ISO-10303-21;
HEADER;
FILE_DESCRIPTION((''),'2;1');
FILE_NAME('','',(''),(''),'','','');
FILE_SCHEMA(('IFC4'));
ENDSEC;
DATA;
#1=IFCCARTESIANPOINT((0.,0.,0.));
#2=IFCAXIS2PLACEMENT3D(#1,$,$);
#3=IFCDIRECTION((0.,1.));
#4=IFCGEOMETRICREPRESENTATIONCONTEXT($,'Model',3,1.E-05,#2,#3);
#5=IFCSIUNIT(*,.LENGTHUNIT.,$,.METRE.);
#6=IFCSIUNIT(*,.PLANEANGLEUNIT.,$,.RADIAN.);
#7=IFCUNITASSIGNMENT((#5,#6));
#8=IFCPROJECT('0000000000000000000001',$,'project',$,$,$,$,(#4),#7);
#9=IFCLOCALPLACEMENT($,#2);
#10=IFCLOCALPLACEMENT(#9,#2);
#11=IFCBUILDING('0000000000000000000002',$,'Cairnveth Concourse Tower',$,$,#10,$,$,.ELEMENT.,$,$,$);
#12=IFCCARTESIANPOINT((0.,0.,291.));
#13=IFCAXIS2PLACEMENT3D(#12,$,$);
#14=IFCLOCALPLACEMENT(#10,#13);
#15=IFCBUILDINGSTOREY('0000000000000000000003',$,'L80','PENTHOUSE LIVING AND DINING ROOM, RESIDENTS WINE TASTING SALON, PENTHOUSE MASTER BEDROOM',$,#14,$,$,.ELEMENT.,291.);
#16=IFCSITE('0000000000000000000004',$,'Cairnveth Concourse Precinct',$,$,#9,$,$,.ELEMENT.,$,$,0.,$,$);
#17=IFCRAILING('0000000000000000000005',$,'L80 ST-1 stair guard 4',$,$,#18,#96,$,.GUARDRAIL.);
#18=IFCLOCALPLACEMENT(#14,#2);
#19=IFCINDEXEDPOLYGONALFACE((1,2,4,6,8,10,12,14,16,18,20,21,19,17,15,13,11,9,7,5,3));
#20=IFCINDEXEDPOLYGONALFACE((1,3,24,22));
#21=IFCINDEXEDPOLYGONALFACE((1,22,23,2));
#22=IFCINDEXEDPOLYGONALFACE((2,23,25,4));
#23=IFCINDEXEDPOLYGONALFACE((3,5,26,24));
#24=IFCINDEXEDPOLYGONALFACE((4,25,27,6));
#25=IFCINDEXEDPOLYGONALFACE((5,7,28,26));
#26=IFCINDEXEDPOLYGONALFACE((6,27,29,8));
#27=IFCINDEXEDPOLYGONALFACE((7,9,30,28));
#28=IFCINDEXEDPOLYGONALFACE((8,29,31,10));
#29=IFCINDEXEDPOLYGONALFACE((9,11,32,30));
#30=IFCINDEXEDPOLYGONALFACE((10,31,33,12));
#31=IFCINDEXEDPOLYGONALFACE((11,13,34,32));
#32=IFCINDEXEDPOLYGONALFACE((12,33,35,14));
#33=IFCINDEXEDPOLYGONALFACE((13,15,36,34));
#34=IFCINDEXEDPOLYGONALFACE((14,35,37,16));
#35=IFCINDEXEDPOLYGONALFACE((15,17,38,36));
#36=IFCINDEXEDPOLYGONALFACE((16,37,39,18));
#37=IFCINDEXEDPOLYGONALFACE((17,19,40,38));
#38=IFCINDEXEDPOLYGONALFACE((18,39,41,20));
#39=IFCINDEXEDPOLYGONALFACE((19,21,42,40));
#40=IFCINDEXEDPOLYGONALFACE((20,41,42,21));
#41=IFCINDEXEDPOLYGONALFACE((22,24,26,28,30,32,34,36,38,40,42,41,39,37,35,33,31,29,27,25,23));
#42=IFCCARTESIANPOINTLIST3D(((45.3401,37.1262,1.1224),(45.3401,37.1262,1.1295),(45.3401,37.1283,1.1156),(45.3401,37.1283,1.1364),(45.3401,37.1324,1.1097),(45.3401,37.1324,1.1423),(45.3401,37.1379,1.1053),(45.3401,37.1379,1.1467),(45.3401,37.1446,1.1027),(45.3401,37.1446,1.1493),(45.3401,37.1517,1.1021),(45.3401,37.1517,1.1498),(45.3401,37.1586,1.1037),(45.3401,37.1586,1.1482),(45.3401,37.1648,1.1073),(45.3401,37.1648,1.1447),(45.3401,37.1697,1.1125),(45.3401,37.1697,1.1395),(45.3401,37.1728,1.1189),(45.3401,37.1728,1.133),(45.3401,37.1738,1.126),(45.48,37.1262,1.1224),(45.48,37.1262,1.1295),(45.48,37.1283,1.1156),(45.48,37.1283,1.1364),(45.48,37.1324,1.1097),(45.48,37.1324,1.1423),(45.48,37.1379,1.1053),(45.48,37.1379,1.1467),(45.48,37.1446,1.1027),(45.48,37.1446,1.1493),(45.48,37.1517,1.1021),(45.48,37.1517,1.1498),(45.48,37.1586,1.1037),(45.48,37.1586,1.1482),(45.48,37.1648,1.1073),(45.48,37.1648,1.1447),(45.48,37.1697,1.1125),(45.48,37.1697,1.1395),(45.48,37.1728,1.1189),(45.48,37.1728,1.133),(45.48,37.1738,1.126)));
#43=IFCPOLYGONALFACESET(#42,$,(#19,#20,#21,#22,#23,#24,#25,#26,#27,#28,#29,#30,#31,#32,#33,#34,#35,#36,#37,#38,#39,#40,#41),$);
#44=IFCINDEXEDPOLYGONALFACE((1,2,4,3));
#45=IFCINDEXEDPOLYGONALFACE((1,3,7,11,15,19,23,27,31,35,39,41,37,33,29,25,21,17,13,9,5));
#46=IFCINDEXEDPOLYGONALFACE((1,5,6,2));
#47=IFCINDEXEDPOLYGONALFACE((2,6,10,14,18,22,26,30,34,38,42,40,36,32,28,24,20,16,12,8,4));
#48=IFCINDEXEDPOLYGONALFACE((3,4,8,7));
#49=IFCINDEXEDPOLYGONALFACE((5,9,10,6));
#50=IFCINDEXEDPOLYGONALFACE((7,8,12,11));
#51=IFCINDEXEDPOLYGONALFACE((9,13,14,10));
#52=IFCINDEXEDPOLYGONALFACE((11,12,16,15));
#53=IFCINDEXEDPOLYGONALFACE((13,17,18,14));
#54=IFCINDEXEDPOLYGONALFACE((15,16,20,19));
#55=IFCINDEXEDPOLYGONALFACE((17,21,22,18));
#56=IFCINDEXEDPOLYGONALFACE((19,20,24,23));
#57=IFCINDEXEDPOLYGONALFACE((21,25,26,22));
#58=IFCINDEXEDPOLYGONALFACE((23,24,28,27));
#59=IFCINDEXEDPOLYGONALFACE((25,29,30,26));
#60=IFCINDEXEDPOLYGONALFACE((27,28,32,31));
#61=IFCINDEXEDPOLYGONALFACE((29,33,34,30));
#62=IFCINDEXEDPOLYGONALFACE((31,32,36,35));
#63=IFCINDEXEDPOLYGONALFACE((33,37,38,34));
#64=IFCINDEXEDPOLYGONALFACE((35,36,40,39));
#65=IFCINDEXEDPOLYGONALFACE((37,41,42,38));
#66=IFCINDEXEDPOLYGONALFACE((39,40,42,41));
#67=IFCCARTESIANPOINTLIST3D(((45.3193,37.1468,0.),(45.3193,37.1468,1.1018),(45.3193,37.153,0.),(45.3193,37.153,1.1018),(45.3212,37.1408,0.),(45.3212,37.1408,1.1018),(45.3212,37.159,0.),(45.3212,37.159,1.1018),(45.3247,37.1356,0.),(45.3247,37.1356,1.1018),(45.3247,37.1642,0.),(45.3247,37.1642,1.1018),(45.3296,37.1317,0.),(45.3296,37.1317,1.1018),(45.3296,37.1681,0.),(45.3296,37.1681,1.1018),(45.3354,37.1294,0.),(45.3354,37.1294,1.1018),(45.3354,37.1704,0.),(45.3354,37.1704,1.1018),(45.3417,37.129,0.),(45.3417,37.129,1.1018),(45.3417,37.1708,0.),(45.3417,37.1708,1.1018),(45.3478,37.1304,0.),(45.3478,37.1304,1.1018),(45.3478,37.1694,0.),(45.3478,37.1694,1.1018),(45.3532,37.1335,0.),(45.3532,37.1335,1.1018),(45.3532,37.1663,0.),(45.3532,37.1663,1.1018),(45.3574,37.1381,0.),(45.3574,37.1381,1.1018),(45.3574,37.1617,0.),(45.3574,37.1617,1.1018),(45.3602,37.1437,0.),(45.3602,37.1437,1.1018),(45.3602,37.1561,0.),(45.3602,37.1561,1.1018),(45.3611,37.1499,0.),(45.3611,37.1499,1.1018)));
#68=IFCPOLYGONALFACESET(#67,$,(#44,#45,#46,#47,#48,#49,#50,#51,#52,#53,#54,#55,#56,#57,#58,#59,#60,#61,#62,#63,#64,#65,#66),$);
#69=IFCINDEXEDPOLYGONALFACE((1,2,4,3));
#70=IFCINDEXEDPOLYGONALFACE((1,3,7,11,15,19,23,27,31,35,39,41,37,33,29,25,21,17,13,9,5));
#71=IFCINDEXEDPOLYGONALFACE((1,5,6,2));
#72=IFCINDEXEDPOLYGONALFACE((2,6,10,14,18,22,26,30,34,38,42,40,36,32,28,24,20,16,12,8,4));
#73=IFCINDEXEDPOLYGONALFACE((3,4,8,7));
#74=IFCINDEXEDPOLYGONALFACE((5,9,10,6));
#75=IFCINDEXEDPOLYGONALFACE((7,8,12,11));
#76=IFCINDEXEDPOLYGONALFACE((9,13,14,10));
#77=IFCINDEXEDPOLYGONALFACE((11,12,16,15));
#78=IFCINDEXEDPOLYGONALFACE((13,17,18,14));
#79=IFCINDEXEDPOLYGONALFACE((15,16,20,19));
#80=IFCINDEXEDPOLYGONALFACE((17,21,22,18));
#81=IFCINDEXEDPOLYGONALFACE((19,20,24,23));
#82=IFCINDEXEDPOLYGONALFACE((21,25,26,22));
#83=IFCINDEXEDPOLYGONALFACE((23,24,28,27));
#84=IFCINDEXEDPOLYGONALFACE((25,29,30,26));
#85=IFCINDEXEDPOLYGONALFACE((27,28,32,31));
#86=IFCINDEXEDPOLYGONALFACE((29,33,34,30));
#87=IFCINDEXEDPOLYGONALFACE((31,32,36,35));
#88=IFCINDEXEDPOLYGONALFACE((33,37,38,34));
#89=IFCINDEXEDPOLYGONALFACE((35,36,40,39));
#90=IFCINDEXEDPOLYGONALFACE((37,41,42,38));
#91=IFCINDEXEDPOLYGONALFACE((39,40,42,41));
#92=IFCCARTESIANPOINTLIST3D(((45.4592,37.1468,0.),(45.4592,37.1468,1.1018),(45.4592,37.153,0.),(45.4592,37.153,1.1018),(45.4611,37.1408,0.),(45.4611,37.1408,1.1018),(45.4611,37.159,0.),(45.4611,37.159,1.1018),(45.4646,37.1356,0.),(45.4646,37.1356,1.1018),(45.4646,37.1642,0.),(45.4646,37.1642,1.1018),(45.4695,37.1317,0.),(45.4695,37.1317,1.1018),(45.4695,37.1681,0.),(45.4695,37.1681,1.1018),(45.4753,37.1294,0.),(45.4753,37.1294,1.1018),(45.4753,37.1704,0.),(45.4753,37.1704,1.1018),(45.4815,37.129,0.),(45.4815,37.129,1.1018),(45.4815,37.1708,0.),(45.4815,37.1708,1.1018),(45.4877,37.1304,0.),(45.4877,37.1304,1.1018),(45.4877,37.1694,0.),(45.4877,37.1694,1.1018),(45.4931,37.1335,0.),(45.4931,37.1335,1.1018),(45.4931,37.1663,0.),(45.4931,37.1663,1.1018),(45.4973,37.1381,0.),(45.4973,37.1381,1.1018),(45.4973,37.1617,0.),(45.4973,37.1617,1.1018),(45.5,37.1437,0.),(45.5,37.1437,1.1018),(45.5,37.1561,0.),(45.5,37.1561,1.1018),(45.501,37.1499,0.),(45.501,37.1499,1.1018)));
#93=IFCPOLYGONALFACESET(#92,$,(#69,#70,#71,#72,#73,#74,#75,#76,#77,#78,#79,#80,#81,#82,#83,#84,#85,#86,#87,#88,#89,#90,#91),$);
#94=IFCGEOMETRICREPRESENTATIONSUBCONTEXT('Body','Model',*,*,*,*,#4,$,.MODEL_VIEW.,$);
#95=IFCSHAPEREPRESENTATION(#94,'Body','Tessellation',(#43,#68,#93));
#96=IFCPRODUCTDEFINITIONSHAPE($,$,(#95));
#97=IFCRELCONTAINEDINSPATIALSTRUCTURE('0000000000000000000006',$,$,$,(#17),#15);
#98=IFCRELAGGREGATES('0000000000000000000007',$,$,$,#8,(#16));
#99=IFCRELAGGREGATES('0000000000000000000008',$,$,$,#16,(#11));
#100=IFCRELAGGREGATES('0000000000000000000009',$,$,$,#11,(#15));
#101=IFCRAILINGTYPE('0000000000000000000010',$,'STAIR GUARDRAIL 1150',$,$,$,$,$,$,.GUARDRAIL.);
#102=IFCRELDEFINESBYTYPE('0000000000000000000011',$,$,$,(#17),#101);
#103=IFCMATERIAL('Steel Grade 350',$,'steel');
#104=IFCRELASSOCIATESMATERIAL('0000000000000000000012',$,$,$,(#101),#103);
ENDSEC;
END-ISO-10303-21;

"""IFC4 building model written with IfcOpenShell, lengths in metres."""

from ifc_helpers import new_model, si_unit, direction, frame, origin, origin_2d, place, context, subcontext, project, spatial, circle, extrude, material, type_object, element, save


model = new_model("IFC4")

# Units and contexts
model_context = context("Model", 3, precision=1e-05, world=origin(), true_north=direction((0.0, 1.0)))
body_context = subcontext(model_context, "Body", "Model", "MODEL_VIEW")
ifc_project = project(units=[si_unit("LENGTHUNIT", "METRE"), si_unit("PLANEANGLEUNIT", "RADIAN")], contexts=[model_context])

# Site, building, storey
site_placement = place(None, origin())
site = spatial("IfcSite", under=ifc_project, at=site_placement, Name="Cairnveth Concourse Precinct", CompositionType="ELEMENT", RefElevation=0.0)
building_placement = place(site_placement, origin())
building = spatial("IfcBuilding", under=site, at=building_placement, Name="Cairnveth Concourse Tower", CompositionType="ELEMENT")
storey_placement = place(building_placement, frame((0.0, 0.0, 291.0)))
storey = spatial("IfcBuildingStorey", under=building, at=storey_placement, Name="L80", Description="PENTHOUSE LIVING AND DINING ROOM, RESIDENTS WINE TASTING SALON, PENTHOUSE MASTER BEDROOM", CompositionType="ELEMENT", Elevation=291.0)

# Shared definitions
ifc_material_1 = material(Name="Steel Grade 350", Category="steel")

# Railing
railing_type_1 = type_object("IfcRailingType", Name="STAIR GUARDRAIL 1150", PredefinedType="GUARDRAIL", material=ifc_material_1)
railing_1_placement = place(storey_placement, frame((45.3401, 37.1499, 0.0)))
element("IfcRailing", 1, at=railing_1_placement, inside=storey, type_object=railing_type_1, Name="L80 ST-1 stair guard 4", PredefinedType="GUARDRAIL", context=body_context, shape_type="SweptSolid", body=[
    extrude(circle(Radius=0.0239, at=origin_2d()), frame((0.0, 0.0, 1.126), z_axis=(1.0, 0.0, 0.0), x_axis=(0.0, 1.0, 0.0)), (0.0, 0.0, 1.0), 0.1399),
    extrude(circle(Radius=0.021, at=origin_2d()), origin(), (0.0, 0.0, 1.0), 1.1018),
    extrude(circle(Radius=0.021, at=origin_2d()), frame((0.1399, 0.0, 0.0)), (0.0, 0.0, 1.0), 1.1018),
])

save(model, "model.ifc")
